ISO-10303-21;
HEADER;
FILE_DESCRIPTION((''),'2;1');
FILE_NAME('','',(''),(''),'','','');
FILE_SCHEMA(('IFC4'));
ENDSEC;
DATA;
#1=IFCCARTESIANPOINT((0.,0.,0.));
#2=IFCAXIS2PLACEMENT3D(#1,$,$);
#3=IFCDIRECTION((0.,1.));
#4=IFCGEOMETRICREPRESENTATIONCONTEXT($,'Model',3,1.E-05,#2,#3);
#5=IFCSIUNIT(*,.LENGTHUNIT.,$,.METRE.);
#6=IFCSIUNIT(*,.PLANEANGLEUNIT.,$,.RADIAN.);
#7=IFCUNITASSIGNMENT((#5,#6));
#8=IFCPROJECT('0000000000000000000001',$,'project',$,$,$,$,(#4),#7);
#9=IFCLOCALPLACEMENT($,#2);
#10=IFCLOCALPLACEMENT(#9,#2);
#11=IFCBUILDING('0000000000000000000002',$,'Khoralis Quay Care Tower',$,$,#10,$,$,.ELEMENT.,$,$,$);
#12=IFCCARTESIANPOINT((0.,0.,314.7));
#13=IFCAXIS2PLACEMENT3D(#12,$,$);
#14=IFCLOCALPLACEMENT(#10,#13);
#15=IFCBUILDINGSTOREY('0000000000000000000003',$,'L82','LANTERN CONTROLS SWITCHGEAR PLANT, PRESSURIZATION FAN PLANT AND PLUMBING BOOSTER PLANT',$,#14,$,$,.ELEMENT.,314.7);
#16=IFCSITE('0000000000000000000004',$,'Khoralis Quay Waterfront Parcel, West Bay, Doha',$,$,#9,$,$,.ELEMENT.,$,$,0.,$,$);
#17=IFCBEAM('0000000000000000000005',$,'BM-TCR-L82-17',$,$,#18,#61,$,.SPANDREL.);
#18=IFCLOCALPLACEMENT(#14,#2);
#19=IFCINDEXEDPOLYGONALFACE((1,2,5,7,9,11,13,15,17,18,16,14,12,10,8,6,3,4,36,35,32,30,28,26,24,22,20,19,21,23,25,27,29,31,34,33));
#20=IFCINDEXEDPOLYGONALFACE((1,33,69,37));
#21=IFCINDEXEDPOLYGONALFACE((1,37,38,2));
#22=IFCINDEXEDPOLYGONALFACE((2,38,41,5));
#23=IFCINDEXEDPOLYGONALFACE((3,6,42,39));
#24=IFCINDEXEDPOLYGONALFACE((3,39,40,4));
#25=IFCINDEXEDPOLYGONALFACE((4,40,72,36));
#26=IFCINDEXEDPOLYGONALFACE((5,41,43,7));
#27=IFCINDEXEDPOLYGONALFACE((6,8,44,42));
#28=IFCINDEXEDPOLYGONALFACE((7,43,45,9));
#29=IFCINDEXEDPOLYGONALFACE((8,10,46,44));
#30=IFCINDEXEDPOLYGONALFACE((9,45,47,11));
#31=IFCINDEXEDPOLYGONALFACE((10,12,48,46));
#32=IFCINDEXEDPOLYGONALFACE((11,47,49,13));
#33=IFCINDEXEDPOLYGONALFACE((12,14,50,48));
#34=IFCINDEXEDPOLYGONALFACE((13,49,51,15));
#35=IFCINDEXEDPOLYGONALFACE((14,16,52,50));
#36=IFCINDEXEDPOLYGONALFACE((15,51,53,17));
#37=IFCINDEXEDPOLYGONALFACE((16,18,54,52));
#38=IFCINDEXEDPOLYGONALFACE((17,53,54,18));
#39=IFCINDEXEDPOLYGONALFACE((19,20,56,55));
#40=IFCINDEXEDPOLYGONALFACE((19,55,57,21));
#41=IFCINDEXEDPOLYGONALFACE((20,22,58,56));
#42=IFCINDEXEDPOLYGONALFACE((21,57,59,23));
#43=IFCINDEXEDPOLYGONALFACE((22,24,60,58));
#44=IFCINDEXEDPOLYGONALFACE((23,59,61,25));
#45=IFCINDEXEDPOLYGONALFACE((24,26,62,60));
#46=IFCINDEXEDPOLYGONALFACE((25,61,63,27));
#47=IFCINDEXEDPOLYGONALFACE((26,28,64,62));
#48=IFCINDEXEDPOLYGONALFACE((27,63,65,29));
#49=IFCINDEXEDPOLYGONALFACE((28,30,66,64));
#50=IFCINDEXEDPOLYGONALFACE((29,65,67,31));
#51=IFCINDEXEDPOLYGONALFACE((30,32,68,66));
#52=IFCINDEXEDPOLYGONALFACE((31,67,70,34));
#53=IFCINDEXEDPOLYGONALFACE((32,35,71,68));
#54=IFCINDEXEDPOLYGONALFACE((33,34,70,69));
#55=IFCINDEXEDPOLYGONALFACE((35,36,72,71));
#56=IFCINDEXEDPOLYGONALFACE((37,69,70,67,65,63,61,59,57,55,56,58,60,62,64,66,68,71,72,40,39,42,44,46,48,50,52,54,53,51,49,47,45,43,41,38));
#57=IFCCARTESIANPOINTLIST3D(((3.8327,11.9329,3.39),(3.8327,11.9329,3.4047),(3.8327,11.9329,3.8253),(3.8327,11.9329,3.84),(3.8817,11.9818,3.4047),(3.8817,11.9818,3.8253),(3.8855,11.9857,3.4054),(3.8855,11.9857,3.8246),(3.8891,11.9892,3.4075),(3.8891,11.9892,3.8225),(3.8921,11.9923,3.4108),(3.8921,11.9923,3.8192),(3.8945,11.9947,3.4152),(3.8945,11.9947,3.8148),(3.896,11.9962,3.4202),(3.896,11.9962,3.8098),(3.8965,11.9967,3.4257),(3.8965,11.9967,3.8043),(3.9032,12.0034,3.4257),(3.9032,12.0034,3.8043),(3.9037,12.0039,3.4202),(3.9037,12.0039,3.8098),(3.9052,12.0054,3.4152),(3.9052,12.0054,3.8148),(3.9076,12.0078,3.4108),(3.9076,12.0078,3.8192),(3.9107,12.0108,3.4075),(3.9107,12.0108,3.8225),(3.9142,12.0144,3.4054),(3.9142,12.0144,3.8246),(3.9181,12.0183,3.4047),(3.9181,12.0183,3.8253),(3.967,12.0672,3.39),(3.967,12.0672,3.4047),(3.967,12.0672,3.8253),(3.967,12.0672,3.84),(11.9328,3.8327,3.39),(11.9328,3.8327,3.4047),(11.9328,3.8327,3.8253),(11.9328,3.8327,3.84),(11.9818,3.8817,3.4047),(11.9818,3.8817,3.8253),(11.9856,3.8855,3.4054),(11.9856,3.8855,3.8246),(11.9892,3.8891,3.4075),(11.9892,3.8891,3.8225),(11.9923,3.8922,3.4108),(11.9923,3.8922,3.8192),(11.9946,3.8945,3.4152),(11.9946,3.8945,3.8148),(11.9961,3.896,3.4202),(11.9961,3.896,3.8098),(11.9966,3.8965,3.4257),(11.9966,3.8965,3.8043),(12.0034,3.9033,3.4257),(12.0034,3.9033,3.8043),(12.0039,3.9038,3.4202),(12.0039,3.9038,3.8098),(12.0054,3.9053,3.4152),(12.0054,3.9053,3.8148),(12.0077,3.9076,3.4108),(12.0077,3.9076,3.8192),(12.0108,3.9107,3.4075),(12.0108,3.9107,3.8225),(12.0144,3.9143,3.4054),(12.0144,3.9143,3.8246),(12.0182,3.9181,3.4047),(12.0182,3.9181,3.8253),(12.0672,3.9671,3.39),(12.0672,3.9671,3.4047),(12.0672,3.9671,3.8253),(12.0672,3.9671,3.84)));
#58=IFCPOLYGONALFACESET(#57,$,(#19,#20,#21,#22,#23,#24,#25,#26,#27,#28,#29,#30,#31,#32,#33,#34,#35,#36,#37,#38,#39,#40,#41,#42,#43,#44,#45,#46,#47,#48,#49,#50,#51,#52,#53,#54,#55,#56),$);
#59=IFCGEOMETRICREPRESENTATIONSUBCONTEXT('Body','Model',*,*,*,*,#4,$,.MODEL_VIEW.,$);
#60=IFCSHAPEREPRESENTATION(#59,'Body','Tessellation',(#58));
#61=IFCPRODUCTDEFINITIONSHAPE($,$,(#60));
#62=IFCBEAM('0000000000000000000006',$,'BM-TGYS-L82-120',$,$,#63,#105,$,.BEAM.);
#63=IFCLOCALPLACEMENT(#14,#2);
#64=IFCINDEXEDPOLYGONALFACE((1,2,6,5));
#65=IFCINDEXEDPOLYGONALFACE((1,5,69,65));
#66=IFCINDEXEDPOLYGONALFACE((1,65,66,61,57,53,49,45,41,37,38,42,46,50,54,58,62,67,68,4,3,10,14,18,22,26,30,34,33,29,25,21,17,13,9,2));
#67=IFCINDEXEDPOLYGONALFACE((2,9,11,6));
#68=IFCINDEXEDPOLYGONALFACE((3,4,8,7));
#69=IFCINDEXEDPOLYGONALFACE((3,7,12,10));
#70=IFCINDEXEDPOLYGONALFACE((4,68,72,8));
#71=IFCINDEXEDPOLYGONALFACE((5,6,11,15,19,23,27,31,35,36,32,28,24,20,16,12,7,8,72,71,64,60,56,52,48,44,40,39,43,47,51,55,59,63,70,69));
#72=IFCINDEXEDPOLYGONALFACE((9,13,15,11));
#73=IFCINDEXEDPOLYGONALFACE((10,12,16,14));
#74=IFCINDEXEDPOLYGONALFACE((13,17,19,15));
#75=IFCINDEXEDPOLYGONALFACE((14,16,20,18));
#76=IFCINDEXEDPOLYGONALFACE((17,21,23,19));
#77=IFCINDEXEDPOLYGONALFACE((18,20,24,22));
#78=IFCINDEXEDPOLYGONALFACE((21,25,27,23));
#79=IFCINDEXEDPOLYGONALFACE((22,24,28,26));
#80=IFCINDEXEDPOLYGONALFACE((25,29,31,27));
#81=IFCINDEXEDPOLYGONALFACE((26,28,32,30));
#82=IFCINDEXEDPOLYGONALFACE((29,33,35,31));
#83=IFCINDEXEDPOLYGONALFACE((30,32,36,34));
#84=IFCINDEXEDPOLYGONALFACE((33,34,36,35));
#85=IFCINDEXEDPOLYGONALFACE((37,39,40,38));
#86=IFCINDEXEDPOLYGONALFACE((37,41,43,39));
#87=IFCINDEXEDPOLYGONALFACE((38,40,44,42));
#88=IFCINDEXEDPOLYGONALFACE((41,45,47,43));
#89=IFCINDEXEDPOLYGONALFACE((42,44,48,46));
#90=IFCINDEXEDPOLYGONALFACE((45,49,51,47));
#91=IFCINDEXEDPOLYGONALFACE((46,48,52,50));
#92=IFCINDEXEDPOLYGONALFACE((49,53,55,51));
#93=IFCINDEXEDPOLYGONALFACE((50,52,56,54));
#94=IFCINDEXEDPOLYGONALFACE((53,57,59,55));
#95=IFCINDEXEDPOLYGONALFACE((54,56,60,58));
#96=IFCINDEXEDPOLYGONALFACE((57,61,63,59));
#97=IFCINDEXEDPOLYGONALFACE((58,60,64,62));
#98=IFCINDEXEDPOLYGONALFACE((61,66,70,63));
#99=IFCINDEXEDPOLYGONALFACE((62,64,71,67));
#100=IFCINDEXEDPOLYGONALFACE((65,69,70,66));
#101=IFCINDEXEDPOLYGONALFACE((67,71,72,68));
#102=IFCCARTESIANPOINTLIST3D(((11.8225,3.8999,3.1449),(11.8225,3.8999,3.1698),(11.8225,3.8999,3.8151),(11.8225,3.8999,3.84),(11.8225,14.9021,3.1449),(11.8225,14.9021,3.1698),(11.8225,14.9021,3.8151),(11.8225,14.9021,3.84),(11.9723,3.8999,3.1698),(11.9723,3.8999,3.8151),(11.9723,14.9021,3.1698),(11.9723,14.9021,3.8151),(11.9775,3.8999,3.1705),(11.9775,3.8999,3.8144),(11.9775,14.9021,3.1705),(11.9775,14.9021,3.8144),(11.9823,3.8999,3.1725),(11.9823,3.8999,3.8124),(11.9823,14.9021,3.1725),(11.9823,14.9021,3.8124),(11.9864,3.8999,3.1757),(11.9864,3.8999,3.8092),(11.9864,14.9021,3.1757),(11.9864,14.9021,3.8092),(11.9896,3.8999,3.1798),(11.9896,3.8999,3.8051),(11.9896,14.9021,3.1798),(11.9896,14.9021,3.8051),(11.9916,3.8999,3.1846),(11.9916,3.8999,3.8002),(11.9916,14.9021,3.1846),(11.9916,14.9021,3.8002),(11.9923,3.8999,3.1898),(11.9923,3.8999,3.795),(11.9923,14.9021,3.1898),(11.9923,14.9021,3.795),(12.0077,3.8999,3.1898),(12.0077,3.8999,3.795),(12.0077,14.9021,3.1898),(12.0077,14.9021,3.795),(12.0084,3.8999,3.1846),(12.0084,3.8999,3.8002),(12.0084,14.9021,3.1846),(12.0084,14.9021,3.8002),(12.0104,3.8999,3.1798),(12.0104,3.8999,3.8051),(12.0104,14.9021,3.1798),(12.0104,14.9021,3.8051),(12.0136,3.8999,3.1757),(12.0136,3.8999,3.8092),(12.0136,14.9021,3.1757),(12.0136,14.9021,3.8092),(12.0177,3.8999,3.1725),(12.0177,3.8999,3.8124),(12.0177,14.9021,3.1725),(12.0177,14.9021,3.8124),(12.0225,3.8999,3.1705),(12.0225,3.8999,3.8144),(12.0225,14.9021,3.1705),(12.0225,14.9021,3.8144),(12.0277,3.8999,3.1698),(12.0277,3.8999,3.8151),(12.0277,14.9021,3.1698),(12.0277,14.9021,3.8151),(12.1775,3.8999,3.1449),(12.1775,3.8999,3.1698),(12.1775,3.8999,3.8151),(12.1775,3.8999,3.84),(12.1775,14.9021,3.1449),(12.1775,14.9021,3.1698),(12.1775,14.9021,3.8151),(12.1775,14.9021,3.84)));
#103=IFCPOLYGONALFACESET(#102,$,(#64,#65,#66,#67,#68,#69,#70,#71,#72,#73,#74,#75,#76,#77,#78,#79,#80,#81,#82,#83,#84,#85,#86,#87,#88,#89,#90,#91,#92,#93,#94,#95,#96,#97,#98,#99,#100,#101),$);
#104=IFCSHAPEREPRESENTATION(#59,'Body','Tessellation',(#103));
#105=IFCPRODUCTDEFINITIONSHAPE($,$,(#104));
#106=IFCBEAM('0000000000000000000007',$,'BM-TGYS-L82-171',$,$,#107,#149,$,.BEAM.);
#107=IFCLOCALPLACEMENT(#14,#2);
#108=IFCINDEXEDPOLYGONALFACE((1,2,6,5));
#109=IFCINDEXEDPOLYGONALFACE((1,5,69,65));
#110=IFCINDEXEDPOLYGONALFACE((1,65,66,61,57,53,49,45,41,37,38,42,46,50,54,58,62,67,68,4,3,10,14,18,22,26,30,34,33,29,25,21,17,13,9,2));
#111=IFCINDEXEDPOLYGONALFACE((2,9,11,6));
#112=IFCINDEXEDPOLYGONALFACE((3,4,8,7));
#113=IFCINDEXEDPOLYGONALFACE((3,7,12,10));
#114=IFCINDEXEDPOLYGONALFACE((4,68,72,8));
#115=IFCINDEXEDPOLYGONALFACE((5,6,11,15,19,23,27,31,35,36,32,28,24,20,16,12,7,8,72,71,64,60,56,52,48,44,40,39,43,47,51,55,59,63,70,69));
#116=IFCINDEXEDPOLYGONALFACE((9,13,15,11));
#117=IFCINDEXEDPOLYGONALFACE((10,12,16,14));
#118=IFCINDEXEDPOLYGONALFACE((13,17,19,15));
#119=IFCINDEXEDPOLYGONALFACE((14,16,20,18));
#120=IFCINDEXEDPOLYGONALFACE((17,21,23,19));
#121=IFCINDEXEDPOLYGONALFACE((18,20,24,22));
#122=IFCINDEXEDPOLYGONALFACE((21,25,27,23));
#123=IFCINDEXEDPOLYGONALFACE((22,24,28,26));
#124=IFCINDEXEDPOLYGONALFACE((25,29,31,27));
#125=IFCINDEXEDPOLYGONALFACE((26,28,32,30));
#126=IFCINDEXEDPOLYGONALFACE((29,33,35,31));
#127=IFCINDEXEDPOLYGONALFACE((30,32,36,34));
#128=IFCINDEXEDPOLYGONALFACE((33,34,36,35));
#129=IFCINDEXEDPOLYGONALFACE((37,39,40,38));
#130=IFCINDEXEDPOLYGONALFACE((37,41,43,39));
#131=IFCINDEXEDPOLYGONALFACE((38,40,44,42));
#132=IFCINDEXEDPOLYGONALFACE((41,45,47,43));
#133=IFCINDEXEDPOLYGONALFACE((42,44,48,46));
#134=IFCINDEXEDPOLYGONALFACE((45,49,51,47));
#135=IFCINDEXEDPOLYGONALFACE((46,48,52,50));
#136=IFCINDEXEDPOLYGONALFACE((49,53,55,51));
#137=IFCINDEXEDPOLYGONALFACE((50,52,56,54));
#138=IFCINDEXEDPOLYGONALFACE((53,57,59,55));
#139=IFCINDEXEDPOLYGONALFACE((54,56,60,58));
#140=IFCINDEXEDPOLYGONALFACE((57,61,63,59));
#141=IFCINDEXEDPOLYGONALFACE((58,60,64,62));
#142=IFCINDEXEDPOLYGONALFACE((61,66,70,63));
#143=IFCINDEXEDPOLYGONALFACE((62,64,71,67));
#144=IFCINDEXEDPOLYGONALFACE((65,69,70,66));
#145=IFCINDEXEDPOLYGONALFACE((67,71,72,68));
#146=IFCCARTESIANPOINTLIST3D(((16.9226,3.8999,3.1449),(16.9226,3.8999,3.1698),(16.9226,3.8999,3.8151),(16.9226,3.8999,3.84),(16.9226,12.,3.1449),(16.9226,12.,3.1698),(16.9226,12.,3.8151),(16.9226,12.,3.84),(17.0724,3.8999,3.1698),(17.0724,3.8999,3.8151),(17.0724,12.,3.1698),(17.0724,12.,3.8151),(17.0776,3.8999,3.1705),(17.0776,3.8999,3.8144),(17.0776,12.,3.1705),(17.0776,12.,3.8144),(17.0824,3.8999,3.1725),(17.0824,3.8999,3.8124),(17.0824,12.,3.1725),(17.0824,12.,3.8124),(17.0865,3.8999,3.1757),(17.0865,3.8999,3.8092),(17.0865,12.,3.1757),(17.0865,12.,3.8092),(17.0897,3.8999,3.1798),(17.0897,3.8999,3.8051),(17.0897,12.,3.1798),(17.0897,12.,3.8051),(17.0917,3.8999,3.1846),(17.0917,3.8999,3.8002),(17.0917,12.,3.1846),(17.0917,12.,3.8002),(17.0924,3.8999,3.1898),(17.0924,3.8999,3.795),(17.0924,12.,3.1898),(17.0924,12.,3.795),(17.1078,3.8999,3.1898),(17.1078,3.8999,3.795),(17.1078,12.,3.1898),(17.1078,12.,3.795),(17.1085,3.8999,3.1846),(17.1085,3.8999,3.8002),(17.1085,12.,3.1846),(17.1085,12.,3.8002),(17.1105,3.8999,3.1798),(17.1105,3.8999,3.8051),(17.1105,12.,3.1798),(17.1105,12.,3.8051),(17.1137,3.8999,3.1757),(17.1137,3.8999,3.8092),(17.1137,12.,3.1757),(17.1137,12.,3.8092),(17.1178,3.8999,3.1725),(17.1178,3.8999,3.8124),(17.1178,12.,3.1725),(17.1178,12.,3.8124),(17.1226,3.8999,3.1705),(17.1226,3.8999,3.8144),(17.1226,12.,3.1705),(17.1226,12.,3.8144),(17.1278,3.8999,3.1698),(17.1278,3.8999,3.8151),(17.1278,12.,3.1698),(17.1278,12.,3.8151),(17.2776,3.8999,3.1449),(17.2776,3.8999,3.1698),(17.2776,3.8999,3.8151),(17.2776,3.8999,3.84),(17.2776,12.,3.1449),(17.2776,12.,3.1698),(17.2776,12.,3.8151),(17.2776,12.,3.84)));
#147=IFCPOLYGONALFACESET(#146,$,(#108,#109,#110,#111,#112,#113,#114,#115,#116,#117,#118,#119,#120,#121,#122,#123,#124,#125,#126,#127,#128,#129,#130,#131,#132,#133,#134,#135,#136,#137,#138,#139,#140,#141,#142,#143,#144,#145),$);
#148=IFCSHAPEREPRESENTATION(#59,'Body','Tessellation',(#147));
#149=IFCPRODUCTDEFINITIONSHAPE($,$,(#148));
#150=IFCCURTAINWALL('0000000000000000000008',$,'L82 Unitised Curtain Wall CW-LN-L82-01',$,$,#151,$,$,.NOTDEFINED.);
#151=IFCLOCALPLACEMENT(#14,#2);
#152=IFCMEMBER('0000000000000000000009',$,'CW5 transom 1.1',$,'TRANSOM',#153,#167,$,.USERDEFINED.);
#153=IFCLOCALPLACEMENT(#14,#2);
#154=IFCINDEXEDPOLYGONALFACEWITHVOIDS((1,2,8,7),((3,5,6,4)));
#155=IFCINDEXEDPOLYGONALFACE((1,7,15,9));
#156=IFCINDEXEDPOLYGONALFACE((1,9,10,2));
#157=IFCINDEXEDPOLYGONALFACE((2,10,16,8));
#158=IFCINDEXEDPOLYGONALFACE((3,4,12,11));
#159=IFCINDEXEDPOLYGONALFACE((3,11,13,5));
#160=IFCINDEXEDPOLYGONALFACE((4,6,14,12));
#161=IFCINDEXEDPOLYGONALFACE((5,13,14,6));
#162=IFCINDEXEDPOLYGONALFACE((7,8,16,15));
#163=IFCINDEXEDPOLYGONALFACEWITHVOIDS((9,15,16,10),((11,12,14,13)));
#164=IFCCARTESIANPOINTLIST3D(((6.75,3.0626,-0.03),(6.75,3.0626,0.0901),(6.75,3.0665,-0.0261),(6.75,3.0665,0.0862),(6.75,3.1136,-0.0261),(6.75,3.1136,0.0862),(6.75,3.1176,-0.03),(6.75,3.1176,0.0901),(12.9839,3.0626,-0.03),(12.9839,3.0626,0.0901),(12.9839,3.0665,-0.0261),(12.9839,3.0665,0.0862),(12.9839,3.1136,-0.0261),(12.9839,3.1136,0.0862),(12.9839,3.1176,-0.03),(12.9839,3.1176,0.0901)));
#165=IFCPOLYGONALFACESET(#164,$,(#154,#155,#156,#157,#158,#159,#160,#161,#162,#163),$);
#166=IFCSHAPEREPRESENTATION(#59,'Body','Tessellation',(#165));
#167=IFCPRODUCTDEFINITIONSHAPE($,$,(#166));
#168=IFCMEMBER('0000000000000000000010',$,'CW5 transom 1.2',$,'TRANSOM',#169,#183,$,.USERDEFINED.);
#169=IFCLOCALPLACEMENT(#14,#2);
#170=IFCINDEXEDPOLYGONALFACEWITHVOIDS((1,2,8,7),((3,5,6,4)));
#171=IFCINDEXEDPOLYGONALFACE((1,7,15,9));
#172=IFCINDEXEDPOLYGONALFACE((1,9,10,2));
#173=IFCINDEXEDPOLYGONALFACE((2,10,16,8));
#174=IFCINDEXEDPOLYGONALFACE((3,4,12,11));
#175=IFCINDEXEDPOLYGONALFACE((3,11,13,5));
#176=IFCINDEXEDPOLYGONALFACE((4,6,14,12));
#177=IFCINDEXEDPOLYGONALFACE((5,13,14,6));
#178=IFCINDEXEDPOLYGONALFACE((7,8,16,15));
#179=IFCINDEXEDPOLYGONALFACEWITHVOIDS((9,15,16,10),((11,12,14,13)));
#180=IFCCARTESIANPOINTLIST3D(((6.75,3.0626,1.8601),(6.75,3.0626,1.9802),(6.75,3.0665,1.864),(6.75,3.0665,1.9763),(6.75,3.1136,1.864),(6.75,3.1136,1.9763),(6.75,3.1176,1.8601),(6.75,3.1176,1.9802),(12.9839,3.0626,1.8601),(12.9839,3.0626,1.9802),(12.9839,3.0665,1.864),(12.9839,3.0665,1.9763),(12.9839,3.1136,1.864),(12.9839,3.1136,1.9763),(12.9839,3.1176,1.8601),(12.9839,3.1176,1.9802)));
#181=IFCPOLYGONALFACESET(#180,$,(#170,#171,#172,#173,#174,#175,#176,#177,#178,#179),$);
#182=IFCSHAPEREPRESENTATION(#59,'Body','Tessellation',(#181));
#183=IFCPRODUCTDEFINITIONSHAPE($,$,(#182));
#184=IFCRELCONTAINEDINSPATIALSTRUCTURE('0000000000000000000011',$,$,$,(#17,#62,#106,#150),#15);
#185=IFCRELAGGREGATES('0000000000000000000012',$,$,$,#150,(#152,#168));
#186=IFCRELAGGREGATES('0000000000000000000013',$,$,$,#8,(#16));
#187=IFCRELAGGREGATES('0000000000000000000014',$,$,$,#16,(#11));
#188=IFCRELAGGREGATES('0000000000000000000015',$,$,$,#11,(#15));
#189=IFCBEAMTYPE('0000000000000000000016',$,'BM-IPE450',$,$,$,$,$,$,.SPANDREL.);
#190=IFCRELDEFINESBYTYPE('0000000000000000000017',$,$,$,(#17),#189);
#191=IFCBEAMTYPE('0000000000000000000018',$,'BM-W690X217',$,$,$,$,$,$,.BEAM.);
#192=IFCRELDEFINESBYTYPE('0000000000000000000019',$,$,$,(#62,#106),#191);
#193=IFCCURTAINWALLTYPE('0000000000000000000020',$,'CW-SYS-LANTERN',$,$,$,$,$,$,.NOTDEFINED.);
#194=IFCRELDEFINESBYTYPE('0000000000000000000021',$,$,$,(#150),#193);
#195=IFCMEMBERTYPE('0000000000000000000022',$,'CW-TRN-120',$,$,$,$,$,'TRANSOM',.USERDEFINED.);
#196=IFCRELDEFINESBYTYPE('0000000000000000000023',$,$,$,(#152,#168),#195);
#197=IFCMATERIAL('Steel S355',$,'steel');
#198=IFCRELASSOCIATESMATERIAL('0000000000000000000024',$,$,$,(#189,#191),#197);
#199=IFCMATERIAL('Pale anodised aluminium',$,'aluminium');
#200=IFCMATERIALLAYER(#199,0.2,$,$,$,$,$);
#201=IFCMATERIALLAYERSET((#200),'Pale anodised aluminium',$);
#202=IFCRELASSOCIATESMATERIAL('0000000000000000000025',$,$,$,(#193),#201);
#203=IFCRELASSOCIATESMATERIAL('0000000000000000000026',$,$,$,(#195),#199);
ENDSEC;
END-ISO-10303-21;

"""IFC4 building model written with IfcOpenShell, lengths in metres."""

from ifc_helpers import new_model, si_unit, direction, frame, origin, origin_2d, place, context, subcontext, project, spatial, hollow_rectangle, i_section, extrude, source, transform, mapped, material, layer, layer_set, material_profile, profile_set, type_object, element, aggregate, save


model = new_model("IFC4")

# Units and contexts
model_context = context("Model", 3, precision=1e-05, world=origin(), true_north=direction((0.0, 1.0)))
body_context = subcontext(model_context, "Body", "Model", "MODEL_VIEW")
ifc_project = project(units=[si_unit("LENGTHUNIT", "METRE"), si_unit("PLANEANGLEUNIT", "RADIAN")], contexts=[model_context])

# Site, building, storey
site_placement = place(None, origin())
site = spatial("IfcSite", under=ifc_project, at=site_placement, Name="Khoralis Quay Waterfront Parcel, West Bay, Doha", CompositionType="ELEMENT", RefElevation=0.0)
building_placement = place(site_placement, origin())
building = spatial("IfcBuilding", under=site, at=building_placement, Name="Khoralis Quay Care Tower", CompositionType="ELEMENT")
storey_placement = place(building_placement, frame((0.0, 0.0, 314.7)))
storey = spatial("IfcBuildingStorey", under=building, at=storey_placement, Name="L82", Description="LANTERN CONTROLS SWITCHGEAR PLANT, PRESSURIZATION FAN PLANT AND PLUMBING BOOSTER PLANT", CompositionType="ELEMENT", Elevation=314.7)

# Shared definitions
ifc_material_1 = material(Name="Steel S355", Category="steel")

# Beams
ifc_material_profile_1 = material_profile(ifc_material_1, i_section(OverallWidth=0.1899, OverallDepth=0.45, WebThickness=0.0095, FlangeThickness=0.0146, FilletRadius=0.021, at=origin_2d()), Name="Steel S355")
ifc_profile_set_1 = profile_set([ifc_material_profile_1], Name="Steel S355")
beam_type_1 = type_object("IfcBeamType", Name="BM-IPE450", PredefinedType="SPANDREL", material=ifc_profile_set_1)
shared_shape_1 = source(origin(), body_context, "Body", "SweptSolid", [
    extrude(i_section(OverallWidth=0.1899, OverallDepth=0.45, WebThickness=0.0095, FlangeThickness=0.0146, FilletRadius=0.021, at=origin_2d()), origin(), (0.0, 0.0, 1.0), 11.4553),
])
beam_1_placement = place(storey_placement, frame((12.0, 3.8999, 3.615), z_axis=(-0.707107, 0.707107, 0.0), x_axis=(-0.707107, -0.707107, 0.0)))
element("IfcBeam", 1, at=beam_1_placement, inside=storey, type_object=beam_type_1, Name="BM-TCR-L82-17", PredefinedType="SPANDREL", context=body_context, shape_type="MappedRepresentation", body=[
    mapped(shared_shape_1, transform((0.0, 0.0, 0.0), scale=1.0)),
])
ifc_material_profile_2 = material_profile(ifc_material_1, i_section(OverallWidth=0.355, OverallDepth=0.6951, WebThickness=0.0154, FlangeThickness=0.0249, FilletRadius=0.02, at=origin_2d()), Name="Steel S355")
ifc_profile_set_2 = profile_set([ifc_material_profile_2], Name="Steel S355")
beam_type_2 = type_object("IfcBeamType", Name="BM-W690X217", PredefinedType="BEAM", material=ifc_profile_set_2)
shared_shape_2 = source(origin(), body_context, "Body", "SweptSolid", [
    extrude(i_section(OverallWidth=0.355, OverallDepth=0.6951, WebThickness=0.0154, FlangeThickness=0.0249, FilletRadius=0.02, at=origin_2d()), origin(), (0.0, 0.0, 1.0), 11.0022),
])
beam_2_placement = place(storey_placement, frame((12.0, 3.8999, 3.4924), z_axis=(0.0, 1.0, 0.0), x_axis=(-1.0, 0.0, 0.0)))
element("IfcBeam", 2, at=beam_2_placement, inside=storey, type_object=beam_type_2, Name="BM-TGYS-L82-120", PredefinedType="BEAM", context=body_context, shape_type="MappedRepresentation", body=[
    mapped(shared_shape_2, transform((0.0, 0.0, 0.0), scale=1.0)),
])
shared_shape_3 = source(origin(), body_context, "Body", "SweptSolid", [
    extrude(i_section(OverallWidth=0.355, OverallDepth=0.6951, WebThickness=0.0154, FlangeThickness=0.0249, FilletRadius=0.02, at=origin_2d()), origin(), (0.0, 0.0, 1.0), 8.1001),
])
beam_3_placement = place(storey_placement, frame((17.1001, 3.8999, 3.4924), z_axis=(0.0, 1.0, 0.0), x_axis=(-1.0, 0.0, 0.0)))
element("IfcBeam", 3, at=beam_3_placement, inside=storey, type_object=beam_type_2, Name="BM-TGYS-L82-171", PredefinedType="BEAM", context=body_context, shape_type="MappedRepresentation", body=[
    mapped(shared_shape_3, transform((0.0, 0.0, 0.0), scale=1.0)),
])

# Curtain wall, members
ifc_material_2 = material(Name="Pale anodised aluminium", Category="aluminium")
ifc_layer_1 = layer(ifc_material_2, 0.2)
ifc_layer_set_1 = layer_set([ifc_layer_1], Name="Pale anodised aluminium")
curtain_wall_type = type_object("IfcCurtainWallType", Name="CW-SYS-LANTERN", PredefinedType="NOTDEFINED", material=ifc_layer_set_1)
curtain_wall_1_placement = place(storey_placement, origin())
curtain_wall_1 = element("IfcCurtainWall", 4, at=curtain_wall_1_placement, inside=storey, type_object=curtain_wall_type, Name="L82 Unitised Curtain Wall CW-LN-L82-01", PredefinedType="NOTDEFINED")
ifc_material_profile_3 = material_profile(ifc_material_2, hollow_rectangle(XDim=0.0549, YDim=0.1201, WallThickness=0.0039, at=origin_2d()), Name="Pale anodised aluminium")
ifc_profile_set_3 = profile_set([ifc_material_profile_3], Name="Pale anodised aluminium")
member_type_1 = type_object("IfcMemberType", Name="CW-TRN-120", ElementType="TRANSOM", PredefinedType="USERDEFINED", material=ifc_profile_set_3)
shared_shape_4 = source(origin(), body_context, "Body", "SweptSolid", [
    extrude(hollow_rectangle(XDim=0.0549, YDim=0.1201, WallThickness=0.0039, at=origin_2d()), origin(), (0.0, 0.0, 1.0), 6.2339),
])
member_1_placement = place(storey_placement, frame((6.75, 3.0901, 0.03), z_axis=(1.0, 0.0, 0.0), x_axis=(0.0, 1.0, 0.0)))
member_1 = element("IfcMember", 5, at=member_1_placement, type_object=member_type_1, Name="CW5 transom 1.1", ObjectType="TRANSOM", PredefinedType="USERDEFINED", context=body_context, shape_type="MappedRepresentation", body=[
    mapped(shared_shape_4, transform((0.0, 0.0, 0.0), scale=1.0)),
])
member_2_placement = place(storey_placement, frame((6.75, 3.0901, 1.9202), z_axis=(1.0, 0.0, 0.0), x_axis=(0.0, 1.0, 0.0)))
member_2 = element("IfcMember", 6, at=member_2_placement, type_object=member_type_1, Name="CW5 transom 1.2", ObjectType="TRANSOM", PredefinedType="USERDEFINED", context=body_context, shape_type="MappedRepresentation", body=[
    mapped(shared_shape_4, transform((0.0, 0.0, 0.0), scale=1.0)),
])

aggregate(curtain_wall_1, [member_1, member_2])

save(model, "model.ifc")
